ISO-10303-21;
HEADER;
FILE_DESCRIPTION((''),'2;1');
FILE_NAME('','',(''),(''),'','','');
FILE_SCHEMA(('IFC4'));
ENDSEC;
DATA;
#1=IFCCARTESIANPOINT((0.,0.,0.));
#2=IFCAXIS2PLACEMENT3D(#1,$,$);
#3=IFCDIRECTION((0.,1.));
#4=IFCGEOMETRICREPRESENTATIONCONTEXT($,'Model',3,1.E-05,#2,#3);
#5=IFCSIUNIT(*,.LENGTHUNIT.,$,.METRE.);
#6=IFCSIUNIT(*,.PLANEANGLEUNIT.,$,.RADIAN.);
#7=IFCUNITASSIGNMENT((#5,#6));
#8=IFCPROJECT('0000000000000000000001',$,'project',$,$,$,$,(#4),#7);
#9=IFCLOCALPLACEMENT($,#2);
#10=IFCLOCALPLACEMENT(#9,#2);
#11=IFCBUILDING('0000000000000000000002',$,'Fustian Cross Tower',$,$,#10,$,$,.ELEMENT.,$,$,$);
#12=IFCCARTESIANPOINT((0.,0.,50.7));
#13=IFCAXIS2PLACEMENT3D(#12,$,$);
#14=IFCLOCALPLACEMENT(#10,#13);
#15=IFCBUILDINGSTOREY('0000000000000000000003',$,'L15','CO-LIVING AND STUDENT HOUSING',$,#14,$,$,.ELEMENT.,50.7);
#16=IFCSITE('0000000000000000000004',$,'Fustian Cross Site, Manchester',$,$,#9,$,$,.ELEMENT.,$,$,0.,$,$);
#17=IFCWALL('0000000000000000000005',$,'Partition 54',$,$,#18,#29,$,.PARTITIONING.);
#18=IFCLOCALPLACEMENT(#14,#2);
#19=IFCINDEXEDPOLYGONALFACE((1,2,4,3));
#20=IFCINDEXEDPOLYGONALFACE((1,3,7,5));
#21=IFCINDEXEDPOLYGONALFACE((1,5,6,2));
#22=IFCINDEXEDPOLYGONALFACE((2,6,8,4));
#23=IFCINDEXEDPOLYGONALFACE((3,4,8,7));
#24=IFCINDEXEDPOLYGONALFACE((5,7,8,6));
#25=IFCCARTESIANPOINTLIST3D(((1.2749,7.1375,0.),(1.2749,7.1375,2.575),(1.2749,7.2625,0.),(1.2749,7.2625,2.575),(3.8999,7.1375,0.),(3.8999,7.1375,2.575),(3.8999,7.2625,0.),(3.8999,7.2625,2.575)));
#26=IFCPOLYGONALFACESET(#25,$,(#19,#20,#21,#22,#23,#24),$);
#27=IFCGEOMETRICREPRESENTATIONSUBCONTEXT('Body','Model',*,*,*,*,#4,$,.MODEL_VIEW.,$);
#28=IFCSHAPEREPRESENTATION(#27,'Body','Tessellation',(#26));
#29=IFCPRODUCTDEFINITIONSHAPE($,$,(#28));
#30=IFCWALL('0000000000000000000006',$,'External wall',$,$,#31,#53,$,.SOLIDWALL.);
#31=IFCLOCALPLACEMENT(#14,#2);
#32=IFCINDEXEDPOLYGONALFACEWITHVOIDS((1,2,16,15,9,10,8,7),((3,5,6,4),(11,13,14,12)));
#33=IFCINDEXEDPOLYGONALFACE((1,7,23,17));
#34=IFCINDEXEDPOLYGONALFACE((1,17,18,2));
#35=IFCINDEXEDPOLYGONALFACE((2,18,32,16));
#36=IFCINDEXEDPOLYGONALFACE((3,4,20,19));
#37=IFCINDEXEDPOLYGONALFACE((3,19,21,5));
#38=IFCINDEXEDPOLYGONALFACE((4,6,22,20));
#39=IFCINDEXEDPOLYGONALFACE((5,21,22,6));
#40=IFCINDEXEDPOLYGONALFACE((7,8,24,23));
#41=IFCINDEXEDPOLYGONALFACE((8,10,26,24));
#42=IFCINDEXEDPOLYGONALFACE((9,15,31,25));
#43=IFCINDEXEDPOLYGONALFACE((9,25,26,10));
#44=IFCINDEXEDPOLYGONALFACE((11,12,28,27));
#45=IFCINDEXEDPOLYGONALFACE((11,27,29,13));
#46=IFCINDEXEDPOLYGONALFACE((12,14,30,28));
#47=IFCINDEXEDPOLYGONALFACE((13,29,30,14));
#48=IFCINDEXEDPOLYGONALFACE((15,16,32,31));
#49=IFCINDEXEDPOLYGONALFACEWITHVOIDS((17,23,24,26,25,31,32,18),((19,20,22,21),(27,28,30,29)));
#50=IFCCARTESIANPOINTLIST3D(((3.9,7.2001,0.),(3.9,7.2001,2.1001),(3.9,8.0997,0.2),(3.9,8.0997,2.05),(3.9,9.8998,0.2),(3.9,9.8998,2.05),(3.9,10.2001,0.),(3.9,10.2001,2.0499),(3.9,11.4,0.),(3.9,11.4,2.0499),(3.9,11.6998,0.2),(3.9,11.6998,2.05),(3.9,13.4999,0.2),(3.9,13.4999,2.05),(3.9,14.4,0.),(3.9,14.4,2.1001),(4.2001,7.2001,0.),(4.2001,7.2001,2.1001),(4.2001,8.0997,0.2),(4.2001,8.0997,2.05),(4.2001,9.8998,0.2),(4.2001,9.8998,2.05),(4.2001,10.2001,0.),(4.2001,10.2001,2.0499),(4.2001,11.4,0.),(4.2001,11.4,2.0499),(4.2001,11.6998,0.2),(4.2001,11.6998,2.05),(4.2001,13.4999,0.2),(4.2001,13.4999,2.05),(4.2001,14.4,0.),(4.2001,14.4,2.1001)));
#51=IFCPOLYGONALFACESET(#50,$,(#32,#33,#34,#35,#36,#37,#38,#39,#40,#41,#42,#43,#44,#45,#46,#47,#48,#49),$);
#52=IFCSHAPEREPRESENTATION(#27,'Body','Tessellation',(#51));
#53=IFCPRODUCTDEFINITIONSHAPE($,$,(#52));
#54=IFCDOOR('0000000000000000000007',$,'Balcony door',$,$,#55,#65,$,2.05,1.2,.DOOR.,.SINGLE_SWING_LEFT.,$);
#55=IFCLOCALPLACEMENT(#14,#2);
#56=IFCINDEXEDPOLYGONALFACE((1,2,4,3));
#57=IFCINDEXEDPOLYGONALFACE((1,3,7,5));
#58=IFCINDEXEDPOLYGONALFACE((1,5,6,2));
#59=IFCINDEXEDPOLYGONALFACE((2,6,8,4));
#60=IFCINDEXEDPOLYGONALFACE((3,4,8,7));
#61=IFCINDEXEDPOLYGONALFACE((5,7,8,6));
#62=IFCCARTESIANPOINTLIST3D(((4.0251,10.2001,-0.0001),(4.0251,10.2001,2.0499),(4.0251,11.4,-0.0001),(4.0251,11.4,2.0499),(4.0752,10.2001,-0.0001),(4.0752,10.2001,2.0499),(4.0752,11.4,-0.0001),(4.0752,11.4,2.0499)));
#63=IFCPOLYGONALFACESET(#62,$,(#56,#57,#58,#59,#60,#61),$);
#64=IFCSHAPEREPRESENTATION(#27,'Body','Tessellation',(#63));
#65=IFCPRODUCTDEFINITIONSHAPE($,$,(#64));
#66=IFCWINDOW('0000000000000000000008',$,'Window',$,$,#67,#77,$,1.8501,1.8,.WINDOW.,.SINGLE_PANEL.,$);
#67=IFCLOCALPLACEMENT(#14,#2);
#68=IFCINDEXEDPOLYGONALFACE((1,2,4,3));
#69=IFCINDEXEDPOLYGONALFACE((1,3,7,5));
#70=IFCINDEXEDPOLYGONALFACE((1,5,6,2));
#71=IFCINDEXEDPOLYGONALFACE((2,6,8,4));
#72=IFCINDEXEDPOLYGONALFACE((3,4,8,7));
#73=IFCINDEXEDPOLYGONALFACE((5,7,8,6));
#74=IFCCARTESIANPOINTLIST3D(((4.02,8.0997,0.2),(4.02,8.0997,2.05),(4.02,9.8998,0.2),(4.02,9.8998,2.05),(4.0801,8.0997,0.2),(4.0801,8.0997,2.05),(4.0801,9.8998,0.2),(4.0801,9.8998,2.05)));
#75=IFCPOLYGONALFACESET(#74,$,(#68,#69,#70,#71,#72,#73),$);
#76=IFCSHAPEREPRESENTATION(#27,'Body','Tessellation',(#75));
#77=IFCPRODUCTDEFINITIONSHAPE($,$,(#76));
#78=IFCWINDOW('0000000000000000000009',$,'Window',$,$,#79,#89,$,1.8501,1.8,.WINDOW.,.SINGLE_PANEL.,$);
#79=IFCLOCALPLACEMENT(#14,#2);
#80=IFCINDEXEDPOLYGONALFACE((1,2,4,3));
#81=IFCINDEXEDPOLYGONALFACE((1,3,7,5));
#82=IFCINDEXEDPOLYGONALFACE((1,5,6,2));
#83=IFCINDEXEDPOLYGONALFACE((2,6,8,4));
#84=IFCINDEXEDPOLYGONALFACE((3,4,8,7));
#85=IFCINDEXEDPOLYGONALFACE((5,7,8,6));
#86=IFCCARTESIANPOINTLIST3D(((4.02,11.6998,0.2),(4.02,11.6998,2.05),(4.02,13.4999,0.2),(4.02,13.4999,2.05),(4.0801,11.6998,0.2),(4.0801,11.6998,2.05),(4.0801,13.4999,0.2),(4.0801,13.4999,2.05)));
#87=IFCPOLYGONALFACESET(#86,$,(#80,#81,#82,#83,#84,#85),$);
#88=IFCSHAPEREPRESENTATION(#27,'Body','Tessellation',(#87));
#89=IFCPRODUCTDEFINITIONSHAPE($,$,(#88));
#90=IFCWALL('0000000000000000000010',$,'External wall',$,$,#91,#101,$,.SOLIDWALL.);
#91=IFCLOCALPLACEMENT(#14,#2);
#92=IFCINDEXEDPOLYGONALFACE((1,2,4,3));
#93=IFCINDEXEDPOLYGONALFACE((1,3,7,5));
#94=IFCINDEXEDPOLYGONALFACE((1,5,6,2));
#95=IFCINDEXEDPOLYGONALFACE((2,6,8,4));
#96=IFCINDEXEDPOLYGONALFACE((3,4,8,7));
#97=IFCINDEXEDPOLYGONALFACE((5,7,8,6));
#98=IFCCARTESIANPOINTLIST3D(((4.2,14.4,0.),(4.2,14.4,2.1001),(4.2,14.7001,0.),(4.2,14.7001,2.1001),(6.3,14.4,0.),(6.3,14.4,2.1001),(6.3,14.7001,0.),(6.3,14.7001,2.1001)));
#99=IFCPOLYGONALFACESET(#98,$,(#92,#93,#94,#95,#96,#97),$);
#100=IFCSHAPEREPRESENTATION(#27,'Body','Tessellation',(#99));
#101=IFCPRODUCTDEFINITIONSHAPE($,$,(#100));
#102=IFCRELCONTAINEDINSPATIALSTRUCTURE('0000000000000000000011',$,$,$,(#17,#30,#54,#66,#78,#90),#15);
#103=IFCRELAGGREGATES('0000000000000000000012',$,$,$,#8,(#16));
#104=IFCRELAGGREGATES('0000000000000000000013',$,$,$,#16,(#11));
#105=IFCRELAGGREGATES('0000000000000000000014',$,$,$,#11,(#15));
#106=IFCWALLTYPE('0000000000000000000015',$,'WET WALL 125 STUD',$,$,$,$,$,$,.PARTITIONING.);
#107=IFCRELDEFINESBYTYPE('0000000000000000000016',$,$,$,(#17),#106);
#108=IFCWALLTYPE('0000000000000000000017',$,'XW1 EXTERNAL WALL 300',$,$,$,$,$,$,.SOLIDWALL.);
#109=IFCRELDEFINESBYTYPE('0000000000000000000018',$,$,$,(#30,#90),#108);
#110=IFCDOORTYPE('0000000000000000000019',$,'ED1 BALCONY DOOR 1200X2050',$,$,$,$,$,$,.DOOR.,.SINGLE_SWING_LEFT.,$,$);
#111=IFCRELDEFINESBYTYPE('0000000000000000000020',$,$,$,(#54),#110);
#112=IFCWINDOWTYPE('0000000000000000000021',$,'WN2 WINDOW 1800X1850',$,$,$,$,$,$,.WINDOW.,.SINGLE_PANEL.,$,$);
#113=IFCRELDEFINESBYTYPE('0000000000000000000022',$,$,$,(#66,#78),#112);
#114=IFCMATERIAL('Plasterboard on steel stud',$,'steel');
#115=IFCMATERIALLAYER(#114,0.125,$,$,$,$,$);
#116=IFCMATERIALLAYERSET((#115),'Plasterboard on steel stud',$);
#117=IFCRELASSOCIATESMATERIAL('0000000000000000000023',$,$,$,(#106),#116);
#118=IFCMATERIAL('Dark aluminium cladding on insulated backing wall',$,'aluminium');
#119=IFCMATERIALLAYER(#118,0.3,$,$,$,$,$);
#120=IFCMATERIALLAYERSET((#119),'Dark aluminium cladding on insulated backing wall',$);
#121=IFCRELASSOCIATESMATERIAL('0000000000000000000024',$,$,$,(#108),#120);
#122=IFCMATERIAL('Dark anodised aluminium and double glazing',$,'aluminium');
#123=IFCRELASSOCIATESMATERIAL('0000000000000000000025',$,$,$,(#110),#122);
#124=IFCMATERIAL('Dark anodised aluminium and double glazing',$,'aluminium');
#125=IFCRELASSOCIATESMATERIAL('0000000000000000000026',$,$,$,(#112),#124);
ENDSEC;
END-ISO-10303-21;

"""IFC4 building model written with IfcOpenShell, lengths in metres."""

from ifc_helpers import new_model, si_unit, direction, frame, frame_2d, origin, place, context, subcontext, project, spatial, rectangle, extrude, material, layer, layer_set, type_object, element, fill, save


model = new_model("IFC4")

# Units and contexts
model_context = context("Model", 3, precision=1e-05, world=origin(), true_north=direction((0.0, 1.0)))
body_context = subcontext(model_context, "Body", "Model", "MODEL_VIEW")
ifc_project = project(units=[si_unit("LENGTHUNIT", "METRE"), si_unit("PLANEANGLEUNIT", "RADIAN")], contexts=[model_context])

# Site, building, storey
site_placement = place(None, origin())
site = spatial("IfcSite", under=ifc_project, at=site_placement, Name="Fustian Cross Site, Manchester", CompositionType="ELEMENT", RefElevation=0.0)
building_placement = place(site_placement, origin())
building = spatial("IfcBuilding", under=site, at=building_placement, Name="Fustian Cross Tower", CompositionType="ELEMENT")
storey_placement = place(building_placement, frame((0.0, 0.0, 50.7)))
storey = spatial("IfcBuildingStorey", under=building, at=storey_placement, Name="L15", Description="CO-LIVING AND STUDENT HOUSING", CompositionType="ELEMENT", Elevation=50.7)

# Wall
ifc_material_1 = material(Name="Plasterboard on steel stud", Category="steel")
ifc_layer_1 = layer(ifc_material_1, 0.125)
ifc_layer_set_1 = layer_set([ifc_layer_1], Name="Plasterboard on steel stud")
wall_type_1 = type_object("IfcWallType", Name="WET WALL 125 STUD", PredefinedType="PARTITIONING", material=ifc_layer_set_1)
wall_1_placement = place(storey_placement, frame((1.2749, 7.2, 0.0), z_axis=(0.0, 0.0, 1.0), x_axis=(1.0, 0.0, 0.0)))
element("IfcWall", 1, at=wall_1_placement, inside=storey, type_object=wall_type_1, Name="Partition 54", PredefinedType="PARTITIONING", context=body_context, shape_type="SweptSolid", body=[
    extrude(rectangle(XDim=2.625, YDim=0.125, at=frame_2d((1.3125, 0.0))), origin(), (0.0, 0.0, 1.0), 2.575),
])

# Wall, openings, door, windows
ifc_material_2 = material(Name="Dark aluminium cladding on insulated backing wall", Category="aluminium")
ifc_layer_2 = layer(ifc_material_2, 0.3)
ifc_layer_set_2 = layer_set([ifc_layer_2], Name="Dark aluminium cladding on insulated backing wall")
wall_type_2 = type_object("IfcWallType", Name="XW1 EXTERNAL WALL 300", PredefinedType="SOLIDWALL", material=ifc_layer_set_2)
wall_2_placement = place(storey_placement, frame((4.05, 7.2, 0.0), z_axis=(0.0, 0.0, 1.0), x_axis=(0.0, 1.0, 0.0)))
wall_2 = element("IfcWall", 2, at=wall_2_placement, inside=storey, type_object=wall_type_2, Name="External wall", PredefinedType="SOLIDWALL", context=body_context, shape_type="SweptSolid", body=[
    extrude(rectangle(XDim=7.2, YDim=0.3, at=frame_2d((3.6001, 0.0))), origin(), (0.0, 0.0, 1.0), 2.1001),
])
opening_1_placement = place(wall_2_placement, frame((3.0, 0.0, 0.0)))
opening_1 = element("IfcOpeningElement", 3, at=opening_1_placement, cuts=wall_2, PredefinedType="OPENING", context=body_context, shape_type="SweptSolid", body=[
    extrude(rectangle(XDim=1.2, YDim=2.05, at=frame_2d((0.6001, 1.0249))), frame((0.0, 0.1599, 0.0), z_axis=(0.0, -1.0, 0.0), x_axis=(1.0, 0.0, 0.0)), (0.0, 0.0, 1.0), 0.3201),
])
opening_2_placement = place(wall_2_placement, frame((0.8999, 0.0, 0.2)))
opening_2 = element("IfcOpeningElement", 4, at=opening_2_placement, cuts=wall_2, PredefinedType="OPENING", context=body_context, shape_type="SweptSolid", body=[
    extrude(rectangle(XDim=1.8, YDim=1.8501, at=frame_2d((0.8999, 0.925))), frame((0.0, 0.1599, 0.0), z_axis=(0.0, -1.0, 0.0), x_axis=(1.0, 0.0, 0.0)), (0.0, 0.0, 1.0), 0.3201),
])
opening_3_placement = place(wall_2_placement, frame((4.5, 0.0, 0.2)))
opening_3 = element("IfcOpeningElement", 5, at=opening_3_placement, cuts=wall_2, PredefinedType="OPENING", context=body_context, shape_type="SweptSolid", body=[
    extrude(rectangle(XDim=1.8, YDim=1.8501, at=frame_2d((0.8999, 0.925))), frame((0.0, 0.1599, 0.0), z_axis=(0.0, -1.0, 0.0), x_axis=(1.0, 0.0, 0.0)), (0.0, 0.0, 1.0), 0.3201),
])
ifc_material_3 = material(Name="Dark anodised aluminium and double glazing", Category="aluminium")
door_type_1 = type_object("IfcDoorType", Name="ED1 BALCONY DOOR 1200X2050", OperationType="SINGLE_SWING_LEFT", PredefinedType="DOOR", material=ifc_material_3)
door_1_placement = place(opening_1_placement, origin())
door_1 = element("IfcDoor", 6, at=door_1_placement, inside=storey, type_object=door_type_1, Name="Balcony door", OperationType="SINGLE_SWING_LEFT", OverallHeight=2.05, OverallWidth=1.2, PredefinedType="DOOR", context=body_context, shape_type="SweptSolid", body=[
    extrude(rectangle(XDim=1.2, YDim=2.05, at=frame_2d((0.6001, 1.0249))), frame((0.0, 0.0249, 0.0), z_axis=(0.0, -1.0, 0.0), x_axis=(1.0, 0.0, 0.0)), (0.0, 0.0, 1.0), 0.05),
])
fill(opening_1, door_1)
ifc_material_4 = material(Name="Dark anodised aluminium and double glazing", Category="aluminium")
window_type = type_object("IfcWindowType", Name="WN2 WINDOW 1800X1850", PartitioningType="SINGLE_PANEL", PredefinedType="WINDOW", material=ifc_material_4)
window_1_placement = place(opening_2_placement, origin())
window_1 = element("IfcWindow", 7, at=window_1_placement, inside=storey, type_object=window_type, Name="Window", OverallHeight=1.8501, OverallWidth=1.8, PartitioningType="SINGLE_PANEL", PredefinedType="WINDOW", context=body_context, shape_type="SweptSolid", body=[
    extrude(rectangle(XDim=1.8, YDim=1.8501, at=frame_2d((0.8999, 0.925))), frame((0.0, 0.03, 0.0), z_axis=(0.0, -1.0, 0.0), x_axis=(1.0, 0.0, 0.0)), (0.0, 0.0, 1.0), 0.0601),
])
fill(opening_2, window_1)
window_2_placement = place(opening_3_placement, origin())
window_2 = element("IfcWindow", 8, at=window_2_placement, inside=storey, type_object=window_type, Name="Window", OverallHeight=1.8501, OverallWidth=1.8, PartitioningType="SINGLE_PANEL", PredefinedType="WINDOW", context=body_context, shape_type="SweptSolid", body=[
    extrude(rectangle(XDim=1.8, YDim=1.8501, at=frame_2d((0.8999, 0.925))), frame((0.0, 0.03, 0.0), z_axis=(0.0, -1.0, 0.0), x_axis=(1.0, 0.0, 0.0)), (0.0, 0.0, 1.0), 0.0601),
])
fill(opening_3, window_2)

# Wall
wall_3_placement = place(storey_placement, frame((4.2, 14.55, 0.0), z_axis=(0.0, 0.0, 1.0), x_axis=(1.0, 0.0, 0.0)))
element("IfcWall", 9, at=wall_3_placement, inside=storey, type_object=wall_type_2, Name="External wall", PredefinedType="SOLIDWALL", context=body_context, shape_type="SweptSolid", body=[
    extrude(rectangle(XDim=2.1001, YDim=0.3, at=frame_2d((1.05, 0.0))), origin(), (0.0, 0.0, 1.0), 2.1001),
])

save(model, "model.ifc")
